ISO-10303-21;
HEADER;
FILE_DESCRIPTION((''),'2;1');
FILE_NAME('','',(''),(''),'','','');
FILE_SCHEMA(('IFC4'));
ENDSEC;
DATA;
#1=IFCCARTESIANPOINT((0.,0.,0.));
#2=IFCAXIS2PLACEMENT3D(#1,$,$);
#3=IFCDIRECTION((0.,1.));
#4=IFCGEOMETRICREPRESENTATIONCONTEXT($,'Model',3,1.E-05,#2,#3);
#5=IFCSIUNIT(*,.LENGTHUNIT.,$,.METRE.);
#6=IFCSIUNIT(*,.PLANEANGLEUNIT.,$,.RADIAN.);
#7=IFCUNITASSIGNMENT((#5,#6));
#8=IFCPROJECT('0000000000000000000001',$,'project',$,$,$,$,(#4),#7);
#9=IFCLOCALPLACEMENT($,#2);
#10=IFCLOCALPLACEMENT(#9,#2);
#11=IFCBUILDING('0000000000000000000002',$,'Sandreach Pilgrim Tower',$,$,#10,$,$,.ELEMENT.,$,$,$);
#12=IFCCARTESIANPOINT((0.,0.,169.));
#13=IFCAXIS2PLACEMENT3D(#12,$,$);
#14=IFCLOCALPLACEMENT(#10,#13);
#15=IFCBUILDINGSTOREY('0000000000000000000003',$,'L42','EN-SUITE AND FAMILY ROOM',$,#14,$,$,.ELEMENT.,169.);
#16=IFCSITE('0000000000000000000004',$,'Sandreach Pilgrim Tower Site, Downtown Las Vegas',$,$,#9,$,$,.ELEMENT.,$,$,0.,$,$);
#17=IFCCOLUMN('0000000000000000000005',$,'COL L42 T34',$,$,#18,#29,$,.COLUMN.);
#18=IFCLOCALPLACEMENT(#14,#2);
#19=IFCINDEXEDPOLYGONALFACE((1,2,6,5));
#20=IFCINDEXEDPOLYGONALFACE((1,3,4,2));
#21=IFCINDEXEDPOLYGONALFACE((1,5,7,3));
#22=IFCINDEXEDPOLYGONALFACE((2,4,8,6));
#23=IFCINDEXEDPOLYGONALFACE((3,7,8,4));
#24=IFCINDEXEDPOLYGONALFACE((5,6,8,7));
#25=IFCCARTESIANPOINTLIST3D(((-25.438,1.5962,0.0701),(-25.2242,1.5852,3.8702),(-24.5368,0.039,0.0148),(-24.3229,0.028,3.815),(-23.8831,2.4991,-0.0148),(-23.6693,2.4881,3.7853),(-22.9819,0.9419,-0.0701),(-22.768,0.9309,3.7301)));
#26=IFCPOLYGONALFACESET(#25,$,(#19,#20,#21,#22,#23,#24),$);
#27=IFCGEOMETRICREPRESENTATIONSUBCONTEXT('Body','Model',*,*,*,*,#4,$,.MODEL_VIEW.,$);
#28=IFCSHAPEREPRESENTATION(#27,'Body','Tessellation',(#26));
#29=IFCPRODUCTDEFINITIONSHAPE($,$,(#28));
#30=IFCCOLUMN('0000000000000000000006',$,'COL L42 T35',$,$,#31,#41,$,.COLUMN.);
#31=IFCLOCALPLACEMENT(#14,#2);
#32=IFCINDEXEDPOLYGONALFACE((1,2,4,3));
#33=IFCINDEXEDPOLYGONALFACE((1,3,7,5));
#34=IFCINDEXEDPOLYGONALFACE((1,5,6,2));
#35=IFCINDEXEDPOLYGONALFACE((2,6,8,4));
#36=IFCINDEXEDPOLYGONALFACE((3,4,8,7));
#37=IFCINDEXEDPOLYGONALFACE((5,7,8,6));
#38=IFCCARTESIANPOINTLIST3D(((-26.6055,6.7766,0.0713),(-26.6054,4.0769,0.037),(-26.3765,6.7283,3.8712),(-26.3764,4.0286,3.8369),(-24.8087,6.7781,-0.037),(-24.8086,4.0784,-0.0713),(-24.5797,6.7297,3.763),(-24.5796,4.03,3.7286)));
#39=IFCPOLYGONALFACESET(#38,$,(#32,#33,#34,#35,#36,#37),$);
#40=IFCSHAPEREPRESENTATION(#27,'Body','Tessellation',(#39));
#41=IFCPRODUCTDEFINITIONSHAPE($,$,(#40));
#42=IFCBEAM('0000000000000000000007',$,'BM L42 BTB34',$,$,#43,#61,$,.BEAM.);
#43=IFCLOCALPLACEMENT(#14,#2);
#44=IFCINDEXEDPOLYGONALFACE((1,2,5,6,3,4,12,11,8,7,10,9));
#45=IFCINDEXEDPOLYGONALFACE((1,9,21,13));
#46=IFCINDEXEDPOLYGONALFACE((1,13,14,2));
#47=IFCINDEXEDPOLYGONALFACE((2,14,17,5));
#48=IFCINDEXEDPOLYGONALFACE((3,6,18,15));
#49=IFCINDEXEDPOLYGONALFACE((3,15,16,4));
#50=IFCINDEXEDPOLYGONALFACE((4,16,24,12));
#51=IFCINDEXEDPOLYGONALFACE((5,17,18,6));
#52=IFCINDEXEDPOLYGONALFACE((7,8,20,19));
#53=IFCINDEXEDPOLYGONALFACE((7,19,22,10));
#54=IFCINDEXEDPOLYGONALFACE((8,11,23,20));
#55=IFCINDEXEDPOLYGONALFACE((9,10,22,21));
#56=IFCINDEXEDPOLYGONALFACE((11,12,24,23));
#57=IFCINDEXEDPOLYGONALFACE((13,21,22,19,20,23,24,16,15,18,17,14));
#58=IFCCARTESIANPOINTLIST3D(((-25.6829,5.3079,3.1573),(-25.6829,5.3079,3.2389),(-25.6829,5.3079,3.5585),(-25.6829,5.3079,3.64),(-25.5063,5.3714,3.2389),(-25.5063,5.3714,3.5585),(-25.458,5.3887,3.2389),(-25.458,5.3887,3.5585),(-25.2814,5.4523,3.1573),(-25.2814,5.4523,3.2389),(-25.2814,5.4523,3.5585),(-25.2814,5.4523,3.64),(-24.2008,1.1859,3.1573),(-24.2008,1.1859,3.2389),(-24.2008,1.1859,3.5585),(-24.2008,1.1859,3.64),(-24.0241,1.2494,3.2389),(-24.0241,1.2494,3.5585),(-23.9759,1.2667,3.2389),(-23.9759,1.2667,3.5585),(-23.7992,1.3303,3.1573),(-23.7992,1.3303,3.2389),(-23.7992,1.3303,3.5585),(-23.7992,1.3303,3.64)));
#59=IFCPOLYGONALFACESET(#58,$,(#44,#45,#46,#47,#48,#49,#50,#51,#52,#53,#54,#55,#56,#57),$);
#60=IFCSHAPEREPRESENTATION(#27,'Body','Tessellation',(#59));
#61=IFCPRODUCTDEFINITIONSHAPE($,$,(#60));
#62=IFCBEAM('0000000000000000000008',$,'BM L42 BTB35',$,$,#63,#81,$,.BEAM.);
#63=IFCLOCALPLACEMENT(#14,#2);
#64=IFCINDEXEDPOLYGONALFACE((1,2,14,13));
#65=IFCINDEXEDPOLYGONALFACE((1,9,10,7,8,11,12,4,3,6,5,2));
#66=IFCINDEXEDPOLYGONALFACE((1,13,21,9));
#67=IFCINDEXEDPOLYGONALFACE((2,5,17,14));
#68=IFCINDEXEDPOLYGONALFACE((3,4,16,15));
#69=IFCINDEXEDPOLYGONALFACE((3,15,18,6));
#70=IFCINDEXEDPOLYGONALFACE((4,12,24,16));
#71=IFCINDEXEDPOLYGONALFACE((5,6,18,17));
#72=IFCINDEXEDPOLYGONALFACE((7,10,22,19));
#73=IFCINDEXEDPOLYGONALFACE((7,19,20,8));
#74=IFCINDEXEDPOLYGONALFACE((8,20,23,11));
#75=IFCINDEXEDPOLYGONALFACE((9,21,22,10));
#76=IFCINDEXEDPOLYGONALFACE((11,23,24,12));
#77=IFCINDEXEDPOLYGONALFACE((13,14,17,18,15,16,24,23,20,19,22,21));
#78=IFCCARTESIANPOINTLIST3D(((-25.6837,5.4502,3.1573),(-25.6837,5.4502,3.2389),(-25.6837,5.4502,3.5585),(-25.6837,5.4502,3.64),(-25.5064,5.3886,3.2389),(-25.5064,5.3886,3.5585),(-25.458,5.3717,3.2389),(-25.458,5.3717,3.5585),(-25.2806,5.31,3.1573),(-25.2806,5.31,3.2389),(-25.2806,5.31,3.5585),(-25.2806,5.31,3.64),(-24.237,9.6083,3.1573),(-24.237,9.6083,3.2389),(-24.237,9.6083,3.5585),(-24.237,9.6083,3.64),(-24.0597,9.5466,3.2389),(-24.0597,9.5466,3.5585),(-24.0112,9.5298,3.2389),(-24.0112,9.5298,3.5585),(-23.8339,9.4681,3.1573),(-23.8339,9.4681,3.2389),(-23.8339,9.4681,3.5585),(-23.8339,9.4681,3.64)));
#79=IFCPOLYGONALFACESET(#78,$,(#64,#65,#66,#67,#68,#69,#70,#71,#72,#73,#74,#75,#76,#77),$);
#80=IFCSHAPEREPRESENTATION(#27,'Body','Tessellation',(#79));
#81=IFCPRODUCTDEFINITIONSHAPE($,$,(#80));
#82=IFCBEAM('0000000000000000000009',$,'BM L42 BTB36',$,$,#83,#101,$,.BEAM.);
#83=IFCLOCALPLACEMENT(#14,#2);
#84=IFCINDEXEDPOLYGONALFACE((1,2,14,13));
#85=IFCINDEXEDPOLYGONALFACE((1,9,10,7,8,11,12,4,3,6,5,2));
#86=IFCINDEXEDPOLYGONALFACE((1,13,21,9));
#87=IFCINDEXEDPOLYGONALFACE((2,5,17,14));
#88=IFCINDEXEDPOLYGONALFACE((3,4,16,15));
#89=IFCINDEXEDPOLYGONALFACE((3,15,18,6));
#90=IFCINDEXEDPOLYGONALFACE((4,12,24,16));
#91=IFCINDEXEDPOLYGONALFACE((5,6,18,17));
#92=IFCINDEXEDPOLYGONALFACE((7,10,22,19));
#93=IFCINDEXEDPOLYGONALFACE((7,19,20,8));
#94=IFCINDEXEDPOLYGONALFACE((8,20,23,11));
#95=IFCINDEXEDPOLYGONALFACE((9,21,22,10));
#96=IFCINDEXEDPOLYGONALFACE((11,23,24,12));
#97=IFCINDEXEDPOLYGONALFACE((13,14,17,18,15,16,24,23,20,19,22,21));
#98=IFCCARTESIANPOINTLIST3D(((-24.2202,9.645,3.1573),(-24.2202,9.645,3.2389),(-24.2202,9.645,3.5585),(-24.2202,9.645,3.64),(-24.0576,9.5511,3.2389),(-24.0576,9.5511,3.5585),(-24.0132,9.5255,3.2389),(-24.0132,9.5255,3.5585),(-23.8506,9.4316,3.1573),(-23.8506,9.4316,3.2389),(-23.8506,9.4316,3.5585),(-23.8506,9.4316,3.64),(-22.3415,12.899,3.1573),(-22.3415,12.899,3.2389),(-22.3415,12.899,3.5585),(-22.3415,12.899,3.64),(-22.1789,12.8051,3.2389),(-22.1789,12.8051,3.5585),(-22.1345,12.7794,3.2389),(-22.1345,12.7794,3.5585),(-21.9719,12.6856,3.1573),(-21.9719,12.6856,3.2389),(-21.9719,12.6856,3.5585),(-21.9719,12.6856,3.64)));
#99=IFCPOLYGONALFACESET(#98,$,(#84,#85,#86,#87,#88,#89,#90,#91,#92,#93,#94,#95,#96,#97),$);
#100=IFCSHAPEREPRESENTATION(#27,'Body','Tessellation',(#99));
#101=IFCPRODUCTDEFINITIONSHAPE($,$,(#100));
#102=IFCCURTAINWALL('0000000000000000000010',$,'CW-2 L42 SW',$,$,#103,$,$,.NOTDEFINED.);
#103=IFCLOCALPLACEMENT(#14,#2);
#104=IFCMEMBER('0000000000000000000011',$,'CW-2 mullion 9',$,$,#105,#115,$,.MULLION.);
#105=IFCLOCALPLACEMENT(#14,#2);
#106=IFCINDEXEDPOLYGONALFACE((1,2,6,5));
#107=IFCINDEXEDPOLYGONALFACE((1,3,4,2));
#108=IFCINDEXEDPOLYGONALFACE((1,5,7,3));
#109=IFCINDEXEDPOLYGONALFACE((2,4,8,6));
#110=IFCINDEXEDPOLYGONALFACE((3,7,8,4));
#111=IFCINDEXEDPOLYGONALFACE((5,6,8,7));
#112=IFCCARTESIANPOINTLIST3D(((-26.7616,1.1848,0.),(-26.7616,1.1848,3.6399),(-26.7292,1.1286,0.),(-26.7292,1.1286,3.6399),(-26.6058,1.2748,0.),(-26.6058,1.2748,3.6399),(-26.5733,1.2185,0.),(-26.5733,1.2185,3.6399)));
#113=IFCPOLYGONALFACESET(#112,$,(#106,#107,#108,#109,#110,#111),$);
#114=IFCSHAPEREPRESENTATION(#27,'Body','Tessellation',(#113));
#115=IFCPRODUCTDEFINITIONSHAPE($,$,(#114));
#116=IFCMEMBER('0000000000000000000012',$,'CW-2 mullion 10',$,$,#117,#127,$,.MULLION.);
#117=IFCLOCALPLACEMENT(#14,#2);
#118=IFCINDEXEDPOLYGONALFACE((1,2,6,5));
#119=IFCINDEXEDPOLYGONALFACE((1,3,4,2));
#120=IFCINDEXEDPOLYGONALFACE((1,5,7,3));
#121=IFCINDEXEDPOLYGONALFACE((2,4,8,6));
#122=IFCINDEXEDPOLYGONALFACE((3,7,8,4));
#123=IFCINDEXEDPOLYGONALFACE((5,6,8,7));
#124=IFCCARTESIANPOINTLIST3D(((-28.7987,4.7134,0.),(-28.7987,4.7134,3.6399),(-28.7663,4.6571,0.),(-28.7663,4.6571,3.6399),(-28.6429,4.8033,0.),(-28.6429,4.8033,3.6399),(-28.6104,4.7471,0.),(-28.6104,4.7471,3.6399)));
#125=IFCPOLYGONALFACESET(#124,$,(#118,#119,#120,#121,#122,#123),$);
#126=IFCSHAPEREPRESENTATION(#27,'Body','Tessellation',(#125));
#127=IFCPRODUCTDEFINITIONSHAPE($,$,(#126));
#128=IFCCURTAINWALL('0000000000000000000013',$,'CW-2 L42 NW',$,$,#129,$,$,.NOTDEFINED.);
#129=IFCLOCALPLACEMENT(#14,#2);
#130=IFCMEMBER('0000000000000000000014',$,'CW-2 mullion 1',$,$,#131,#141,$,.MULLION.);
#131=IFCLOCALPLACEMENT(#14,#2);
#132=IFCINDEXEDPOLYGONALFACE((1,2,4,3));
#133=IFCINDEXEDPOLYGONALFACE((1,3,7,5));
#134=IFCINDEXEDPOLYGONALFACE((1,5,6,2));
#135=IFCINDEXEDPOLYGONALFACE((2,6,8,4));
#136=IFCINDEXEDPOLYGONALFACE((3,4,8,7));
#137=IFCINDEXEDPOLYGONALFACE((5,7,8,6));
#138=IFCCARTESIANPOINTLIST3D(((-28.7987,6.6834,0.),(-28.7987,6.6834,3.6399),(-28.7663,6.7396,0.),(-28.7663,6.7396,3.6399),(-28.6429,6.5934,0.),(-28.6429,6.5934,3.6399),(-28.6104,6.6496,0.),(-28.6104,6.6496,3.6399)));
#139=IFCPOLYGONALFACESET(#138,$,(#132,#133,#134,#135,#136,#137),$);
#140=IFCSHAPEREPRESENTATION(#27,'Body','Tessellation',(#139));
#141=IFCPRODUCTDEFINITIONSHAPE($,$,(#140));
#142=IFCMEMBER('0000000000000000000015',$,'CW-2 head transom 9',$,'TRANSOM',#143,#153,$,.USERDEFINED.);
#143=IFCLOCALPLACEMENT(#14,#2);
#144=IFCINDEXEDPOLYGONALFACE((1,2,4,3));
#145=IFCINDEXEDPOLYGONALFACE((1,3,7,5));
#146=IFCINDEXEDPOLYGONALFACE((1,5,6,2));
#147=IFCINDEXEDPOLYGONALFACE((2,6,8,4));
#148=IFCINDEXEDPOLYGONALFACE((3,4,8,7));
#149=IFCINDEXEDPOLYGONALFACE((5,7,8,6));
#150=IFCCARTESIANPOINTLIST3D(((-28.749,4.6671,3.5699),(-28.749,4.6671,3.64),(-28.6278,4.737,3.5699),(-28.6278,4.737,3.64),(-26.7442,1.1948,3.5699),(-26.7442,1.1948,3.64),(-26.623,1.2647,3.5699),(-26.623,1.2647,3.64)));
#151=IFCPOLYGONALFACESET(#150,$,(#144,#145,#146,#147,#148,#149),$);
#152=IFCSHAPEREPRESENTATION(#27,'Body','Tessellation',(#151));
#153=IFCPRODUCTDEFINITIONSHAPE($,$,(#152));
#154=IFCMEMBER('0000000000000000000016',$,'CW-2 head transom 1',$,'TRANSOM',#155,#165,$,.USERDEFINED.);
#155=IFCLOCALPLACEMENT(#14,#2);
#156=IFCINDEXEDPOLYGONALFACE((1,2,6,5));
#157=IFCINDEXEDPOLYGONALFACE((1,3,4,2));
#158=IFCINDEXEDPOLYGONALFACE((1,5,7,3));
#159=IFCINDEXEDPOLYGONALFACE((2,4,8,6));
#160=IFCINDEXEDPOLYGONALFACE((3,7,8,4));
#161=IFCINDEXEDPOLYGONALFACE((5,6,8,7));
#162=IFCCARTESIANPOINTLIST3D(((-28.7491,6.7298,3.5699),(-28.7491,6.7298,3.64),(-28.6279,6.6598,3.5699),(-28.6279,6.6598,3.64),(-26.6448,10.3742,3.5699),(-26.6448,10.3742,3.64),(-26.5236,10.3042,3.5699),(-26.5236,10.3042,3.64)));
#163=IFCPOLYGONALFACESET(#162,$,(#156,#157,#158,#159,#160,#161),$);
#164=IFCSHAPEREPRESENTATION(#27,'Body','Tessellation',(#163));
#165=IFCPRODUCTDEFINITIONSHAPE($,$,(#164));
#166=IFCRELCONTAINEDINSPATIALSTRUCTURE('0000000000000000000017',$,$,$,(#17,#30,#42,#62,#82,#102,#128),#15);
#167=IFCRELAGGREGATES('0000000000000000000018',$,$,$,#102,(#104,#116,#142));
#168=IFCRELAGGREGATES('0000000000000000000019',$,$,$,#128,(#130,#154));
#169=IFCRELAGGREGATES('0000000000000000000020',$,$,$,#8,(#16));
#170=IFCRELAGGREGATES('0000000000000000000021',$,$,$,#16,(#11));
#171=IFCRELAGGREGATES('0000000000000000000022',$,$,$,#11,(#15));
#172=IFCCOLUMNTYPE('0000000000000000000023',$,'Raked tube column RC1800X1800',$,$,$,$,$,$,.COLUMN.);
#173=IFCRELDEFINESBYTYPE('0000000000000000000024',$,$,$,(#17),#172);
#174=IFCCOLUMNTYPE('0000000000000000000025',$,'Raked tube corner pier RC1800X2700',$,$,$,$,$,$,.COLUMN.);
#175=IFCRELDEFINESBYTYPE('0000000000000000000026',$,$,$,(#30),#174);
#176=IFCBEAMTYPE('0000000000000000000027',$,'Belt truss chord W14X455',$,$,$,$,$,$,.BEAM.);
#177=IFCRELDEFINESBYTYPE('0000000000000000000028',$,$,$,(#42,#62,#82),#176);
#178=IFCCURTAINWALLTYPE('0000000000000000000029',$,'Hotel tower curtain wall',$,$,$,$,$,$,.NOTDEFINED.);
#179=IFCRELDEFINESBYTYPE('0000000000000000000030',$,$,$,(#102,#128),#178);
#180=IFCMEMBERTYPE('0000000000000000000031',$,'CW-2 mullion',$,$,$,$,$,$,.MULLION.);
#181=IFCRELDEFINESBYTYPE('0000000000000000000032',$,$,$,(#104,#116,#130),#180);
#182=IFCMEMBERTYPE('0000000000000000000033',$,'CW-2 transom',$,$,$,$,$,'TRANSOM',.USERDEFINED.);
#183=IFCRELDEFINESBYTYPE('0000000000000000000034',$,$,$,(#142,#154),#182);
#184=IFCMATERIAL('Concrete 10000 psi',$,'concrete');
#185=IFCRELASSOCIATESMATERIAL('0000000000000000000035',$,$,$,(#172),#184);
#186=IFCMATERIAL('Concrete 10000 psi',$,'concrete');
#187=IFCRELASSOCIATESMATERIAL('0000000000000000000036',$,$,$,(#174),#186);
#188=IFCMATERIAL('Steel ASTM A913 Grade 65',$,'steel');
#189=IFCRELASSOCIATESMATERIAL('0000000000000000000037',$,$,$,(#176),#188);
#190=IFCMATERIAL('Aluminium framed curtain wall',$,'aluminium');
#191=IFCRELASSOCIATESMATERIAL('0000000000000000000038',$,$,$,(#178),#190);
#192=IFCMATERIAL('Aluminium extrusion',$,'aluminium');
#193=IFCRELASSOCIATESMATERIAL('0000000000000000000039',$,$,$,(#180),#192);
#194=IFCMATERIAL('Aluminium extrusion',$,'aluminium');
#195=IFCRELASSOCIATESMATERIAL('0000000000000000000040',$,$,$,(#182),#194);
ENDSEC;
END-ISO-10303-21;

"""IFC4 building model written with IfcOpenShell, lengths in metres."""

from ifc_helpers import new_model, si_unit, direction, frame, origin, origin_2d, place, context, subcontext, project, spatial, rectangle, i_section, extrude, material, material_profile, profile_set, type_object, element, aggregate, save


model = new_model("IFC4")

# Units and contexts
model_context = context("Model", 3, precision=1e-05, world=origin(), true_north=direction((0.0, 1.0)))
body_context = subcontext(model_context, "Body", "Model", "MODEL_VIEW")
ifc_project = project(units=[si_unit("LENGTHUNIT", "METRE"), si_unit("PLANEANGLEUNIT", "RADIAN")], contexts=[model_context])

# Site, building, storey
site_placement = place(None, origin())
site = spatial("IfcSite", under=ifc_project, at=site_placement, Name="Sandreach Pilgrim Tower Site, Downtown Las Vegas", CompositionType="ELEMENT", RefElevation=0.0)
building_placement = place(site_placement, origin())
building = spatial("IfcBuilding", under=site, at=building_placement, Name="Sandreach Pilgrim Tower", CompositionType="ELEMENT")
storey_placement = place(building_placement, frame((0.0, 0.0, 169.0)))
storey = spatial("IfcBuildingStorey", under=building, at=storey_placement, Name="L42", Description="EN-SUITE AND FAMILY ROOM", CompositionType="ELEMENT", Elevation=169.0)

# Columns
ifc_material_1 = material(Name="Concrete 10000 psi", Category="concrete")
ifc_material_profile_1 = material_profile(ifc_material_1, rectangle(XDim=1.8, YDim=1.8, at=origin_2d()), Name="RC1800X1800")
ifc_profile_set_1 = profile_set([ifc_material_profile_1], Name="Concrete 10000 psi")
column_type_1 = type_object("IfcColumnType", Name="Raked tube column RC1800X1800", PredefinedType="COLUMN", material=ifc_profile_set_1)
column_1_placement = place(storey_placement, frame((-24.21, 1.269, 0.0), z_axis=(0.056191, -0.002887, 0.998416), x_axis=(-0.86381, -0.501605, 0.047165)))
element("IfcColumn", 1, at=column_1_placement, inside=storey, type_object=column_type_1, Name="COL L42 T34", PredefinedType="COLUMN", context=body_context, shape_type="SweptSolid", body=[
    extrude(rectangle(XDim=1.8, YDim=1.8, at=origin_2d()), origin(), (0.0, 0.0, 1.0), 3.8062),
])
ifc_material_2 = material(Name="Concrete 10000 psi", Category="concrete")
ifc_material_profile_2 = material_profile(ifc_material_2, rectangle(XDim=1.8, YDim=2.7, at=origin_2d()), Name="RC1800X2700")
ifc_profile_set_2 = profile_set([ifc_material_profile_2], Name="Concrete 10000 psi")
column_type_2 = type_object("IfcColumnType", Name="Raked tube corner pier RC1800X2700", PredefinedType="COLUMN", material=ifc_profile_set_2)
column_2_placement = place(storey_placement, frame((-25.707, 5.4275, 0.0), z_axis=(0.060149, -0.012697, 0.998109), x_axis=(-0.998189, -0.000809, 0.060144)))
element("IfcColumn", 2, at=column_2_placement, inside=storey, type_object=column_type_2, Name="COL L42 T35", PredefinedType="COLUMN", context=body_context, shape_type="SweptSolid", body=[
    extrude(rectangle(XDim=1.8, YDim=2.7, at=origin_2d()), origin(), (0.0, 0.0, 1.0), 3.8071),
])

# Beams
ifc_material_3 = material(Name="Steel ASTM A913 Grade 65", Category="steel")
ifc_material_profile_3 = material_profile(ifc_material_3, i_section(OverallWidth=0.4268, OverallDepth=0.4827, WebThickness=0.0513, FlangeThickness=0.0815, at=origin_2d()), Name="W14X455")
ifc_profile_set_3 = profile_set([ifc_material_profile_3], Name="Steel ASTM A913 Grade 65")
beam_type_1 = type_object("IfcBeamType", Name="Belt truss chord W14X455", PredefinedType="BEAM", material=ifc_profile_set_3)
beam_1_placement = place(storey_placement, frame((-24.0, 1.2581, 3.3987), z_axis=(-0.338362, 0.941016, 0.0), x_axis=(-0.941016, -0.338362, 0.0)))
element("IfcBeam", 3, at=beam_1_placement, inside=storey, type_object=beam_type_1, Name="BM L42 BTB34", PredefinedType="BEAM", context=body_context, shape_type="SweptSolid", body=[
    extrude(i_section(OverallWidth=0.4268, OverallDepth=0.4827, WebThickness=0.0513, FlangeThickness=0.0815, at=origin_2d()), origin(), (0.0, 0.0, 1.0), 4.3804),
])
beam_2_placement = place(storey_placement, frame((-25.4822, 5.3801, 3.3987), z_axis=(0.328611, 0.944465, 0.0), x_axis=(-0.944465, 0.328611, 0.0)))
element("IfcBeam", 4, at=beam_2_placement, inside=storey, type_object=beam_type_1, Name="BM L42 BTB35", PredefinedType="BEAM", context=body_context, shape_type="SweptSolid", body=[
    extrude(i_section(OverallWidth=0.4268, OverallDepth=0.4827, WebThickness=0.0513, FlangeThickness=0.0815, at=origin_2d()), origin(), (0.0, 0.0, 1.0), 4.4026),
])
beam_3_placement = place(storey_placement, frame((-24.0354, 9.5383, 3.3987), z_axis=(0.500004, 0.866023, 0.0), x_axis=(-0.866023, 0.500004, 0.0)))
element("IfcBeam", 5, at=beam_3_placement, inside=storey, type_object=beam_type_1, Name="BM L42 BTB36", PredefinedType="BEAM", context=body_context, shape_type="SweptSolid", body=[
    extrude(i_section(OverallWidth=0.4268, OverallDepth=0.4827, WebThickness=0.0513, FlangeThickness=0.0815, at=origin_2d()), origin(), (0.0, 0.0, 1.0), 3.7573),
])

# Curtain wall, members
ifc_material_4 = material(Name="Aluminium framed curtain wall", Category="aluminium")
curtain_wall_type = type_object("IfcCurtainWallType", Name="Hotel tower curtain wall", PredefinedType="NOTDEFINED", material=ifc_material_4)
curtain_wall_1_placement = place(storey_placement, origin())
curtain_wall_1 = element("IfcCurtainWall", 6, at=curtain_wall_1_placement, inside=storey, type_object=curtain_wall_type, Name="CW-2 L42 SW", PredefinedType="NOTDEFINED")
ifc_material_5 = material(Name="Aluminium extrusion", Category="aluminium")
ifc_material_profile_4 = material_profile(ifc_material_5, rectangle(XDim=0.0649, YDim=0.1799, at=origin_2d()), Name="CW-2M 65X180")
ifc_profile_set_4 = profile_set([ifc_material_profile_4], Name="Aluminium extrusion")
member_type_1 = type_object("IfcMemberType", Name="CW-2 mullion", PredefinedType="MULLION", material=ifc_profile_set_4)
member_1_placement = place(storey_placement, frame((-26.6675, 1.2017, 0.0), z_axis=(0.0, 0.0, 1.0), x_axis=(-0.5, 0.866025, 0.0)))
member_1 = element("IfcMember", 7, at=member_1_placement, type_object=member_type_1, Name="CW-2 mullion 9", PredefinedType="MULLION", context=body_context, shape_type="SweptSolid", body=[
    extrude(rectangle(XDim=0.0649, YDim=0.1799, at=origin_2d()), origin(), (0.0, 0.0, 1.0), 3.6399),
])
member_2_placement = place(storey_placement, frame((-28.7046, 4.7302, 0.0), z_axis=(0.0, 0.0, 1.0), x_axis=(-0.5, 0.866025, 0.0)))
member_2 = element("IfcMember", 8, at=member_2_placement, type_object=member_type_1, Name="CW-2 mullion 10", PredefinedType="MULLION", context=body_context, shape_type="SweptSolid", body=[
    extrude(rectangle(XDim=0.0649, YDim=0.1799, at=origin_2d()), origin(), (0.0, 0.0, 1.0), 3.6399),
])

# Curtain wall, member
curtain_wall_2_placement = place(storey_placement, origin())
curtain_wall_2 = element("IfcCurtainWall", 9, at=curtain_wall_2_placement, inside=storey, type_object=curtain_wall_type, Name="CW-2 L42 NW", PredefinedType="NOTDEFINED")
member_3_placement = place(storey_placement, frame((-28.7046, 6.6665, 0.0), z_axis=(0.0, 0.0, 1.0), x_axis=(0.5, 0.866025, 0.0)))
member_3 = element("IfcMember", 10, at=member_3_placement, type_object=member_type_1, Name="CW-2 mullion 1", PredefinedType="MULLION", context=body_context, shape_type="SweptSolid", body=[
    extrude(rectangle(XDim=0.0649, YDim=0.1799, at=origin_2d()), origin(), (0.0, 0.0, 1.0), 3.6399),
])

# Members
ifc_material_6 = material(Name="Aluminium extrusion", Category="aluminium")
ifc_material_profile_5 = material_profile(ifc_material_6, rectangle(XDim=0.1399, YDim=0.0701, at=origin_2d()), Name="CW-2T 140X70")
ifc_profile_set_5 = profile_set([ifc_material_profile_5], Name="Aluminium extrusion")
member_type_2 = type_object("IfcMemberType", Name="CW-2 transom", ElementType="TRANSOM", PredefinedType="USERDEFINED", material=ifc_profile_set_5)
member_4_placement = place(storey_placement, frame((-26.6836, 1.2297, 3.605), z_axis=(-0.500016, 0.866016, 0.0), x_axis=(-0.866016, -0.500016, 0.0)))
member_4 = element("IfcMember", 11, at=member_4_placement, type_object=member_type_2, Name="CW-2 head transom 9", ObjectType="TRANSOM", PredefinedType="USERDEFINED", context=body_context, shape_type="SweptSolid", body=[
    extrude(rectangle(XDim=0.1399, YDim=0.0701, at=origin_2d()), origin(), (0.0, 0.0, 1.0), 4.0095),
])
member_5_placement = place(storey_placement, frame((-28.6885, 6.6948, 3.605), z_axis=(0.500039, 0.866003, 0.0), x_axis=(-0.866003, 0.500039, 0.0)))
member_5 = element("IfcMember", 12, at=member_5_placement, type_object=member_type_2, Name="CW-2 head transom 1", ObjectType="TRANSOM", PredefinedType="USERDEFINED", context=body_context, shape_type="SweptSolid", body=[
    extrude(rectangle(XDim=0.1399, YDim=0.0701, at=origin_2d()), origin(), (0.0, 0.0, 1.0), 4.2083),
])

aggregate(curtain_wall_1, [member_1, member_2, member_4])
aggregate(curtain_wall_2, [member_3, member_5])

save(model, "model.ifc")
